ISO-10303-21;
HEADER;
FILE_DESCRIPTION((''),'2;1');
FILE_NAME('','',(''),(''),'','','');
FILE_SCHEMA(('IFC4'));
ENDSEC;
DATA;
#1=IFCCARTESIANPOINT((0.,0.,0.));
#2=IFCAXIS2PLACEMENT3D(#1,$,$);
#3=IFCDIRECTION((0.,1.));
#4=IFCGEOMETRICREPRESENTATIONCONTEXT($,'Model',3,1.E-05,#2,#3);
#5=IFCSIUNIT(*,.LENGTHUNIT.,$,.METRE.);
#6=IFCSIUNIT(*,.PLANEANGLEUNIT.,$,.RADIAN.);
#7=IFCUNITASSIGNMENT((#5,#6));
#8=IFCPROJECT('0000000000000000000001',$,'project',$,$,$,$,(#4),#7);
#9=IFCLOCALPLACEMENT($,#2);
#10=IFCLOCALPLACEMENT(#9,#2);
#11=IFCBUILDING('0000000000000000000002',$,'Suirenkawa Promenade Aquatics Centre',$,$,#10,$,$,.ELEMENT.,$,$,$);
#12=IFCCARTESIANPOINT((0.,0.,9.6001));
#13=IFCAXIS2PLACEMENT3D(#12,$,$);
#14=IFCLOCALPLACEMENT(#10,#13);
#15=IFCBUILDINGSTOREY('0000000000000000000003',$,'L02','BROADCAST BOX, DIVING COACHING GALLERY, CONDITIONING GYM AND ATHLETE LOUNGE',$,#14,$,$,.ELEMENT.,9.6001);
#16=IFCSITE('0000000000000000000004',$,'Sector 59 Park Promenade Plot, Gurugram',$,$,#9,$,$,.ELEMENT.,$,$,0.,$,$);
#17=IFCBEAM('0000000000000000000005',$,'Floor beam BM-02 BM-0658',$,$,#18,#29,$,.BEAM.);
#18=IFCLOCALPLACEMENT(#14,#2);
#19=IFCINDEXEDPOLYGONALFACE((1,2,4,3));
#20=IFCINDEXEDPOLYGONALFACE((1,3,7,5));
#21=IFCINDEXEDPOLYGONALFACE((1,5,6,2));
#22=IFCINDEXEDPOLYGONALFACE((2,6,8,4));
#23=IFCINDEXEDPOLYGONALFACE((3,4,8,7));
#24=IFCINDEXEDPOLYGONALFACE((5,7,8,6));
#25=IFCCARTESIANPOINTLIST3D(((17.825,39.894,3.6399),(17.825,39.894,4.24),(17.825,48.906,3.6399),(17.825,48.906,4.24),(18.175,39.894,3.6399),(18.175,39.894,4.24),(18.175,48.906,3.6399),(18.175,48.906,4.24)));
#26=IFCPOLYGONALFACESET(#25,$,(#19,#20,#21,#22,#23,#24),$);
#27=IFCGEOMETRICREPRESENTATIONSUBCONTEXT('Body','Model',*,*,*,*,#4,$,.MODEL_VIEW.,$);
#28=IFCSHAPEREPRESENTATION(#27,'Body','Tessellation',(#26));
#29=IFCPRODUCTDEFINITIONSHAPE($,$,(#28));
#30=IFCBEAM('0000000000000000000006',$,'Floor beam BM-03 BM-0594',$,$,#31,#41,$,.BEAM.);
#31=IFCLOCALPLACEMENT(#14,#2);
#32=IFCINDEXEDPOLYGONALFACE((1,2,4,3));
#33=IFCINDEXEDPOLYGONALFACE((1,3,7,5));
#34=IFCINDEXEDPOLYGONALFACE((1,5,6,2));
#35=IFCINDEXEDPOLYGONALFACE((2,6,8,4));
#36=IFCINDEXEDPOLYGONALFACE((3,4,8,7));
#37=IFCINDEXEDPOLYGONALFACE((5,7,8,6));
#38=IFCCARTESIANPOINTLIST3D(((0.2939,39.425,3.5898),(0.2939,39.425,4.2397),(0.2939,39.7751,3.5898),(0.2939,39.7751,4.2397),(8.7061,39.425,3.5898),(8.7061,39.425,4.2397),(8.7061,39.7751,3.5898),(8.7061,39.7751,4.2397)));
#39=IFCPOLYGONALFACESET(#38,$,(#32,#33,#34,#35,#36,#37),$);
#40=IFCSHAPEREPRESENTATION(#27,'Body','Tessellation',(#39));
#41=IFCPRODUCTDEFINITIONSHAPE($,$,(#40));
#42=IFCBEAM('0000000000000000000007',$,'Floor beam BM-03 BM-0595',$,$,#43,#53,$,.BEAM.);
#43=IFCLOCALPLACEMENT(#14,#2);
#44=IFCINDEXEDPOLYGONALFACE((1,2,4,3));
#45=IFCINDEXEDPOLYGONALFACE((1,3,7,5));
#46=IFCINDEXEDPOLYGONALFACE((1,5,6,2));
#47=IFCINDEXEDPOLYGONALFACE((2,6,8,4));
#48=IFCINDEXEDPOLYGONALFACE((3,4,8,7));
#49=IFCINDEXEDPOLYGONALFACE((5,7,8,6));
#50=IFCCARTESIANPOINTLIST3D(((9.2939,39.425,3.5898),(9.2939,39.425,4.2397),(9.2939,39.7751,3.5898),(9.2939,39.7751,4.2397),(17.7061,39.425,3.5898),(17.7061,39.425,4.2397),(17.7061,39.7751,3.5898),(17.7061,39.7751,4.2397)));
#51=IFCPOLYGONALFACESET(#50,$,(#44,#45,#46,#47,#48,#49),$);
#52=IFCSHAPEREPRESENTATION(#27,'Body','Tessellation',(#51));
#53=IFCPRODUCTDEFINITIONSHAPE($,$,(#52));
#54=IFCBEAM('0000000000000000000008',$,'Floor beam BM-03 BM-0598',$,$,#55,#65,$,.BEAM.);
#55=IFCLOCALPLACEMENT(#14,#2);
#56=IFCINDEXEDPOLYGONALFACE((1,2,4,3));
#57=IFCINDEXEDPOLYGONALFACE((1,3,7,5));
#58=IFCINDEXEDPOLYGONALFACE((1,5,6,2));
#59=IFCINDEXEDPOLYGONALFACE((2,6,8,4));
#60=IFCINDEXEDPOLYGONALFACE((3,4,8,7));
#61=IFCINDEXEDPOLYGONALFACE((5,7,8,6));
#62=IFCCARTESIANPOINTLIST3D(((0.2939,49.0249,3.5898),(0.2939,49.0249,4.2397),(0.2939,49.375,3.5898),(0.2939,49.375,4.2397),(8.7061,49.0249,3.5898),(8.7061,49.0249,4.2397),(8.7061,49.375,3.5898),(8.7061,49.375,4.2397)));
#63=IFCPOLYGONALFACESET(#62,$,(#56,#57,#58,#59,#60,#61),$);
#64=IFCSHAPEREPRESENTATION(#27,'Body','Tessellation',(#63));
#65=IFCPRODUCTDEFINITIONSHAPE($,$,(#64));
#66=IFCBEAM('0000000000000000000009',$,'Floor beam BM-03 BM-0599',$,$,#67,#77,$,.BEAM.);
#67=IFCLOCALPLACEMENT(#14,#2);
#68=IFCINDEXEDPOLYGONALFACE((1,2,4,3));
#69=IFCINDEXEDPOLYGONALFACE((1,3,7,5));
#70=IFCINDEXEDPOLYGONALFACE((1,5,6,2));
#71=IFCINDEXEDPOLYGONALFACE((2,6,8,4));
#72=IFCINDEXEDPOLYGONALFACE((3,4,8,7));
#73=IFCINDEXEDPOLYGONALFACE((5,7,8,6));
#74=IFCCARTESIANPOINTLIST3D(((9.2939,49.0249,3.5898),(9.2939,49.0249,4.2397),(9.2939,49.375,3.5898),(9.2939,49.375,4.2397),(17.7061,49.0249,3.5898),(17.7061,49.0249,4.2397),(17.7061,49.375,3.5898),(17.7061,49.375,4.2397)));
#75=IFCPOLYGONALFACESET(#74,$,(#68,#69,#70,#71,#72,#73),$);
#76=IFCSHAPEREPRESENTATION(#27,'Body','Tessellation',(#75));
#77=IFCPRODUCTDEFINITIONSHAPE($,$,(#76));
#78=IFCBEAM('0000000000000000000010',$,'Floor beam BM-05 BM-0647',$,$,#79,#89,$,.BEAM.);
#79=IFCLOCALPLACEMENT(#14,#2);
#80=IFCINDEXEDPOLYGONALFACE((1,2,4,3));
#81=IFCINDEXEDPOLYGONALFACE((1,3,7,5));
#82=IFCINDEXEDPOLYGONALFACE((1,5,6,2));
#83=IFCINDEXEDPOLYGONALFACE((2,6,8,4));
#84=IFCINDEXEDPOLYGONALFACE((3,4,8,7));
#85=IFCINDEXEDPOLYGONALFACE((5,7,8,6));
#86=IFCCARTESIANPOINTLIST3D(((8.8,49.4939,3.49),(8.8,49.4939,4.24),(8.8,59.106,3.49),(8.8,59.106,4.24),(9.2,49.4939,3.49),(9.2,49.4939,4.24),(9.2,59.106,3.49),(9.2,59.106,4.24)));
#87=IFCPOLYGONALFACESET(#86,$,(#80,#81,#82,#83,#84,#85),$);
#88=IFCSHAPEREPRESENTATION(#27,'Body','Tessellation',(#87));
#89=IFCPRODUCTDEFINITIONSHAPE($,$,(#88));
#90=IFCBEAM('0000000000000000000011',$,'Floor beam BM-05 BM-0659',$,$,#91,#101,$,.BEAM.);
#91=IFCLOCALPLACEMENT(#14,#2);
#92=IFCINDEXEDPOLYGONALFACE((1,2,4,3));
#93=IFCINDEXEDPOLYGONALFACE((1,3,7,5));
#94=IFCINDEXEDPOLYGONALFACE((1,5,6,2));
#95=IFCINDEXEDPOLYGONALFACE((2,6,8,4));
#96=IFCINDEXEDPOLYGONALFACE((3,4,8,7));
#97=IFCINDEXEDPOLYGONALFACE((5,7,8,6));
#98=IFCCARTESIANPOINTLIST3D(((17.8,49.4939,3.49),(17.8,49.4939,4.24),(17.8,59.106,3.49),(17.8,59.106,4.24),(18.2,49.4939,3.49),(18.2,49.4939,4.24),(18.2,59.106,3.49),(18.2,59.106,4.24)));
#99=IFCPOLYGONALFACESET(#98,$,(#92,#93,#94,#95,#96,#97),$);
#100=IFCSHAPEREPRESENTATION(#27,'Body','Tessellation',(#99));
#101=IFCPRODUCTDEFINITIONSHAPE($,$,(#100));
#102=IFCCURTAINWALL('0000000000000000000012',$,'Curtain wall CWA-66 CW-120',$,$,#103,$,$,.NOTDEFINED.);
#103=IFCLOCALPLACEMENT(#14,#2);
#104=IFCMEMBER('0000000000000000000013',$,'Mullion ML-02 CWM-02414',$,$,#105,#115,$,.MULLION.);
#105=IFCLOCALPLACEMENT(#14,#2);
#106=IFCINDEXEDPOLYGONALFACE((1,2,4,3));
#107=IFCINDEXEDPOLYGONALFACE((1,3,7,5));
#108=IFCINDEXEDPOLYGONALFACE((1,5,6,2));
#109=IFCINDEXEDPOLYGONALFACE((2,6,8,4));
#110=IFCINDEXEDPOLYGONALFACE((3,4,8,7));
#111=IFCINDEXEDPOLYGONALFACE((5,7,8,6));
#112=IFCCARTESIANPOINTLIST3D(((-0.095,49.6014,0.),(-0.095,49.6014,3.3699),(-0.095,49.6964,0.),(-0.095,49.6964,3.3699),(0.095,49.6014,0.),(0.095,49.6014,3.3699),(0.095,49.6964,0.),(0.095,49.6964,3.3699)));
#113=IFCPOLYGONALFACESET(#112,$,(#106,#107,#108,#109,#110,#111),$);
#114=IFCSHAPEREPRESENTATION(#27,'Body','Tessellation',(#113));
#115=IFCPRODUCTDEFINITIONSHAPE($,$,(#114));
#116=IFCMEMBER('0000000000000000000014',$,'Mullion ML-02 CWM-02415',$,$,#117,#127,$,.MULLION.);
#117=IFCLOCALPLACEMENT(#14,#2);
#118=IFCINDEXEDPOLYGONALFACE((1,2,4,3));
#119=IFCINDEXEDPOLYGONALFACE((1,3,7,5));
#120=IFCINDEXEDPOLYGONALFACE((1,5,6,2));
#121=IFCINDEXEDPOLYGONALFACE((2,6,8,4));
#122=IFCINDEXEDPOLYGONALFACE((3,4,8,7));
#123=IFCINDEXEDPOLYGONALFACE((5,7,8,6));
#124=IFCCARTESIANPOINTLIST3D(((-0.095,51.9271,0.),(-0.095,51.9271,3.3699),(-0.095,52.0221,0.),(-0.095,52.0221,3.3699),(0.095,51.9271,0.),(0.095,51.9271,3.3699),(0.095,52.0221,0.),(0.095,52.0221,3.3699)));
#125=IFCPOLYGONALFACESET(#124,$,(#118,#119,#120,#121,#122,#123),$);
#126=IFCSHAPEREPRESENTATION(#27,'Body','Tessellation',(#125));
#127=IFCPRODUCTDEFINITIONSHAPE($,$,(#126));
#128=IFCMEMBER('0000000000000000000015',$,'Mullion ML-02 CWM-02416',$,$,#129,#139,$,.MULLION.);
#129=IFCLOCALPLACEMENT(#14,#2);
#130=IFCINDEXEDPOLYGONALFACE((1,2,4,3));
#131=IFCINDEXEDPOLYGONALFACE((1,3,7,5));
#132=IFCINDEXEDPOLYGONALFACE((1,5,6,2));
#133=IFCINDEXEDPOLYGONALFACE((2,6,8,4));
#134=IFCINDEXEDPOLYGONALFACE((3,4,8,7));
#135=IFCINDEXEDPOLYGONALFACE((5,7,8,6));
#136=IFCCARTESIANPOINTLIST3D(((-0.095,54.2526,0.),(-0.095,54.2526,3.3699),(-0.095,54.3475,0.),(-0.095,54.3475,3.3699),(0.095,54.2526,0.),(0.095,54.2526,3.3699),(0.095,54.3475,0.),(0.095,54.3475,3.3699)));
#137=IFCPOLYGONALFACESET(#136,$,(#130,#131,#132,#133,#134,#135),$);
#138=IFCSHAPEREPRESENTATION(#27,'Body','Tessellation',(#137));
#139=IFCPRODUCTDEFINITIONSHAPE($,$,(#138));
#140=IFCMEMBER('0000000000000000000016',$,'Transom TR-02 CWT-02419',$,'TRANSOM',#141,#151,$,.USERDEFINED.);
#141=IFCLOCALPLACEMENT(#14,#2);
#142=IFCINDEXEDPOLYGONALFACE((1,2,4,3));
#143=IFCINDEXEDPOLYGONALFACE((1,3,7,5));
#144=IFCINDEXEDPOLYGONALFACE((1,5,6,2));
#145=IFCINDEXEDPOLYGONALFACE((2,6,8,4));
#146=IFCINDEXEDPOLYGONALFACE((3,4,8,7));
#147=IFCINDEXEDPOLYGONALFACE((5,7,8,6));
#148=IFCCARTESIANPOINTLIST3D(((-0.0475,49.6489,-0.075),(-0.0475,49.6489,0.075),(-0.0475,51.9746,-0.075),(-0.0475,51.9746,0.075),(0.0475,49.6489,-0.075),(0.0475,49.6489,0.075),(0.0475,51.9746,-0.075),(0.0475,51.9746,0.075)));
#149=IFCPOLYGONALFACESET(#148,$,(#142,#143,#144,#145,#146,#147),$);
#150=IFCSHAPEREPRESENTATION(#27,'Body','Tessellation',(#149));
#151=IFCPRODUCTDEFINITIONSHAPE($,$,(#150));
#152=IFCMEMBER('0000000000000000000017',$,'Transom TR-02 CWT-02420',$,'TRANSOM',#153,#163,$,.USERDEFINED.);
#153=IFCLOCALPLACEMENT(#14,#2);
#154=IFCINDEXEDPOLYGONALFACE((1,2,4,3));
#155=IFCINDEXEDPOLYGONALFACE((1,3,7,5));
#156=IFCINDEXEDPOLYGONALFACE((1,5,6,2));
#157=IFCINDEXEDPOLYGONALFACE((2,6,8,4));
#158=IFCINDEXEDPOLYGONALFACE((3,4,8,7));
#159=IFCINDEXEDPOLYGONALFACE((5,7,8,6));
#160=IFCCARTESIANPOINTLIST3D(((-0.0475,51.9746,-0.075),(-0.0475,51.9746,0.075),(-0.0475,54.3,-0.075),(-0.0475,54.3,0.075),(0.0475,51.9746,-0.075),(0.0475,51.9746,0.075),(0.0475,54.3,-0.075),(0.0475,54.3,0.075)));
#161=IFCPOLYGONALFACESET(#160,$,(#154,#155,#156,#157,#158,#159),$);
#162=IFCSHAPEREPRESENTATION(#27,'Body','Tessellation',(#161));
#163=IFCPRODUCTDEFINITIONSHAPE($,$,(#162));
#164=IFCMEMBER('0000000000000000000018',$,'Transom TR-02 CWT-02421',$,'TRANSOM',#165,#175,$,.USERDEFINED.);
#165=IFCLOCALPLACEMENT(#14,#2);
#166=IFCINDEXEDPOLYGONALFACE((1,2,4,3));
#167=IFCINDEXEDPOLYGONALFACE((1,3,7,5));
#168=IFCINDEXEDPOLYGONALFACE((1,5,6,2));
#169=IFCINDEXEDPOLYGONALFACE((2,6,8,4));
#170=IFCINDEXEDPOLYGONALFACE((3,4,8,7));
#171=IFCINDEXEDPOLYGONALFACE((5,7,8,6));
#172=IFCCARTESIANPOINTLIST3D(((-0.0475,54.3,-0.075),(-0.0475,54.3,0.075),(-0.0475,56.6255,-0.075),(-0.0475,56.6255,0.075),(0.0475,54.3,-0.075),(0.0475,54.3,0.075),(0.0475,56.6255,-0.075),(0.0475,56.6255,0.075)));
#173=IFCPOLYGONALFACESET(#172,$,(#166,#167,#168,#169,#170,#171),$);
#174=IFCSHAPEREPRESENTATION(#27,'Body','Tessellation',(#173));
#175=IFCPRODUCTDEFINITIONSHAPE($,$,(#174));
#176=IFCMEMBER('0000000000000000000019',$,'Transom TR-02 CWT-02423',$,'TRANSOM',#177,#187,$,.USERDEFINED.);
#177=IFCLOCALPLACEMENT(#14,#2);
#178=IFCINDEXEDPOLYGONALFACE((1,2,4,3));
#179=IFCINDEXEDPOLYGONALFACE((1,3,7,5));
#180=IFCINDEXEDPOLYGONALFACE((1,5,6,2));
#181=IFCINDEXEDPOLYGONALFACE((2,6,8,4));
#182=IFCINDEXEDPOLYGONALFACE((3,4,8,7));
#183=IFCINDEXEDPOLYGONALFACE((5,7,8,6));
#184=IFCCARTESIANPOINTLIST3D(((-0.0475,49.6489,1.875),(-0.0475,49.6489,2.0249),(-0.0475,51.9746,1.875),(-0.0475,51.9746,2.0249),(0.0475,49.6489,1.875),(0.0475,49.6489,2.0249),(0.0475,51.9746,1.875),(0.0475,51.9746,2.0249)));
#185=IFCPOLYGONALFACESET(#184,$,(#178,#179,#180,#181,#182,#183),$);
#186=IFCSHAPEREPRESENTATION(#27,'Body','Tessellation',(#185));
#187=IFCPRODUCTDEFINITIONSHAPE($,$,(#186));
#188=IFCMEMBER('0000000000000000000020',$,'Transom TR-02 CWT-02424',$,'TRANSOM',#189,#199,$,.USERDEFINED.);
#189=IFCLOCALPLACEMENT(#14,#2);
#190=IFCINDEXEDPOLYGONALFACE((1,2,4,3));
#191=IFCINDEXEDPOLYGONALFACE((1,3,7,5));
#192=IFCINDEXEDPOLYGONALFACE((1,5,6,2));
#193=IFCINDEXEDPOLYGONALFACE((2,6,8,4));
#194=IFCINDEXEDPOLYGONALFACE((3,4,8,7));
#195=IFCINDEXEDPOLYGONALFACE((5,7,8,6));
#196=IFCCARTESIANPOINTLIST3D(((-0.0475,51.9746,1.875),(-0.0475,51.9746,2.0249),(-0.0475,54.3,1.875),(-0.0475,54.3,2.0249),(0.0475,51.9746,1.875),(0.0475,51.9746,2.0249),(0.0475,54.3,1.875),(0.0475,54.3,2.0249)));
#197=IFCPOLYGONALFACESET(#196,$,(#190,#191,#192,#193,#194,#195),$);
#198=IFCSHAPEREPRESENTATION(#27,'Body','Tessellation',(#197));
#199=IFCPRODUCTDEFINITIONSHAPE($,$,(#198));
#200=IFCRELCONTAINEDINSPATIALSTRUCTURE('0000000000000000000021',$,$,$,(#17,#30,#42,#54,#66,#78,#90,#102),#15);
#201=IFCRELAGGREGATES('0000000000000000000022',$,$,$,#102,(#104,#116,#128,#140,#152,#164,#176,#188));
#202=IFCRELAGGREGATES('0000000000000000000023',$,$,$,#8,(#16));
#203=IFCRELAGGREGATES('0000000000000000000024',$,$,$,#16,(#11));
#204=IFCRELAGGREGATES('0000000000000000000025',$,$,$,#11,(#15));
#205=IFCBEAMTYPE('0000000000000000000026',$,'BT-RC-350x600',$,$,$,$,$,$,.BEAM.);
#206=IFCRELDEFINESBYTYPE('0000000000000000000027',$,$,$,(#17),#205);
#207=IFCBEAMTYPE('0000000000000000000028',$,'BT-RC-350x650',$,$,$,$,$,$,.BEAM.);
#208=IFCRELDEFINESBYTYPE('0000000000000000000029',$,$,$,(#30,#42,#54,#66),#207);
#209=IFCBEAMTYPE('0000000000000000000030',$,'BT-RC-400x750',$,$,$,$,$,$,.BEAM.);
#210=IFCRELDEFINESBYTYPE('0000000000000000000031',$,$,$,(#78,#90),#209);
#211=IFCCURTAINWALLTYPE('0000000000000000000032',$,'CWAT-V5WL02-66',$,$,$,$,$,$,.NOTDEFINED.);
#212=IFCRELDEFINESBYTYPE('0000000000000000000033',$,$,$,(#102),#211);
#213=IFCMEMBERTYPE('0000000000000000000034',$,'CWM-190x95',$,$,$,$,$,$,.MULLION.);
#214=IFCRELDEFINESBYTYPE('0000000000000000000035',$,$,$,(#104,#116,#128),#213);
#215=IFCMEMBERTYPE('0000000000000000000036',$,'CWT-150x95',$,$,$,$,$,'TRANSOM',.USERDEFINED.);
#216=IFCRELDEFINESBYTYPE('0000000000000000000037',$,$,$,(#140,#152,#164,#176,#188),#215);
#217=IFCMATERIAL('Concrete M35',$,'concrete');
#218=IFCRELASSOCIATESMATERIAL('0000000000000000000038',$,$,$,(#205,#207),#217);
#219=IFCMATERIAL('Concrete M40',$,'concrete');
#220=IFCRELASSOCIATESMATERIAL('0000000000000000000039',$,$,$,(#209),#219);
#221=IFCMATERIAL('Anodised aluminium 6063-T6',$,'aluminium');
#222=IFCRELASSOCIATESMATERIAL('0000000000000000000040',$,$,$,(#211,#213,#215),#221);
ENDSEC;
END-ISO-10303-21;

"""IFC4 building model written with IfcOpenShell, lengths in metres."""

from ifc_helpers import new_model, si_unit, direction, frame, origin, origin_2d, place, context, subcontext, project, spatial, rectangle, extrude, material, material_profile, profile_set, type_object, element, aggregate, save


model = new_model("IFC4")

# Units and contexts
model_context = context("Model", 3, precision=1e-05, world=origin(), true_north=direction((0.0, 1.0)))
body_context = subcontext(model_context, "Body", "Model", "MODEL_VIEW")
ifc_project = project(units=[si_unit("LENGTHUNIT", "METRE"), si_unit("PLANEANGLEUNIT", "RADIAN")], contexts=[model_context])

# Site, building, storey
site_placement = place(None, origin())
site = spatial("IfcSite", under=ifc_project, at=site_placement, Name="Sector 59 Park Promenade Plot, Gurugram", CompositionType="ELEMENT", RefElevation=0.0)
building_placement = place(site_placement, origin())
building = spatial("IfcBuilding", under=site, at=building_placement, Name="Suirenkawa Promenade Aquatics Centre", CompositionType="ELEMENT")
storey_placement = place(building_placement, frame((0.0, 0.0, 9.6001)))
storey = spatial("IfcBuildingStorey", under=building, at=storey_placement, Name="L02", Description="BROADCAST BOX, DIVING COACHING GALLERY, CONDITIONING GYM AND ATHLETE LOUNGE", CompositionType="ELEMENT", Elevation=9.6001)

# Shared definitions
ifc_material_1 = material(Name="Concrete M40", Category="concrete")

# Beams
ifc_material_2 = material(Name="Concrete M35", Category="concrete")
ifc_material_profile_1 = material_profile(ifc_material_2, rectangle(XDim=0.3501, YDim=0.6001, at=origin_2d()), Name="RC BM 350x600", Category="concrete")
ifc_profile_set_1 = profile_set([ifc_material_profile_1], Name="Concrete M35")
beam_type_1 = type_object("IfcBeamType", Name="BT-RC-350x600", PredefinedType="BEAM", material=ifc_profile_set_1)
for number, where, z_axis, x_axis, name in (
    (1, (18.0, 39.894, 3.9399), (0.0, 1.0, 0.0), (-1.0, 0.0, 0.0), "Floor beam BM-02 BM-0658"),
):
    element("IfcBeam", number, at=place(storey_placement, frame(where, z_axis=z_axis, x_axis=x_axis)), inside=storey, type_object=beam_type_1, Name=name, PredefinedType="BEAM", context=body_context, shape_type="SweptSolid", body=[
        extrude(rectangle(XDim=0.3501, YDim=0.6001, at=origin_2d()), origin(), (0.0, 0.0, 1.0), 9.012),
    ])
ifc_material_profile_2 = material_profile(ifc_material_2, rectangle(XDim=0.3501, YDim=0.6499, at=origin_2d()), Name="RC BM 350x650", Category="concrete")
ifc_profile_set_2 = profile_set([ifc_material_profile_2], Name="Concrete M35")
beam_type_2 = type_object("IfcBeamType", Name="BT-RC-350x650", PredefinedType="BEAM", material=ifc_profile_set_2)
for number, where, z_axis, x_axis, name in (
    (2, (0.2939, 39.6001, 3.9148), (1.0, 0.0, 0.0), (0.0, 1.0, 0.0), "Floor beam BM-03 BM-0594"),
    (3, (9.2939, 39.6001, 3.9148), (1.0, 0.0, 0.0), (0.0, 1.0, 0.0), "Floor beam BM-03 BM-0595"),
    (4, (0.2939, 49.2, 3.9148), (1.0, 0.0, 0.0), (0.0, 1.0, 0.0), "Floor beam BM-03 BM-0598"),
    (5, (9.2939, 49.2, 3.9148), (1.0, 0.0, 0.0), (0.0, 1.0, 0.0), "Floor beam BM-03 BM-0599"),
):
    element("IfcBeam", number, at=place(storey_placement, frame(where, z_axis=z_axis, x_axis=x_axis)), inside=storey, type_object=beam_type_2, Name=name, PredefinedType="BEAM", context=body_context, shape_type="SweptSolid", body=[
        extrude(rectangle(XDim=0.3501, YDim=0.6499, at=origin_2d()), origin(), (0.0, 0.0, 1.0), 8.4121),
    ])
ifc_material_profile_3 = material_profile(ifc_material_1, rectangle(XDim=0.3999, YDim=0.75, at=origin_2d()), Name="RC BM 400x750", Category="concrete")
ifc_profile_set_3 = profile_set([ifc_material_profile_3], Name="Concrete M40")
beam_type_3 = type_object("IfcBeamType", Name="BT-RC-400x750", PredefinedType="BEAM", material=ifc_profile_set_3)
for number, where, z_axis, x_axis, name in (
    (6, (9.0, 49.4939, 3.865), (0.0, 1.0, 0.0), (-1.0, 0.0, 0.0), "Floor beam BM-05 BM-0647"),
    (7, (18.0, 49.4939, 3.865), (0.0, 1.0, 0.0), (-1.0, 0.0, 0.0), "Floor beam BM-05 BM-0659"),
):
    element("IfcBeam", number, at=place(storey_placement, frame(where, z_axis=z_axis, x_axis=x_axis)), inside=storey, type_object=beam_type_3, Name=name, PredefinedType="BEAM", context=body_context, shape_type="SweptSolid", body=[
        extrude(rectangle(XDim=0.3999, YDim=0.75, at=origin_2d()), origin(), (0.0, 0.0, 1.0), 9.6121),
    ])

# Curtain wall, members
ifc_material_3 = material(Name="Anodised aluminium 6063-T6", Category="aluminium")
curtain_wall_type = type_object("IfcCurtainWallType", Name="CWAT-V5WL02-66", PredefinedType="NOTDEFINED", material=ifc_material_3)
curtain_wall_placement = place(storey_placement, origin())
curtain_wall = element("IfcCurtainWall", 8, at=curtain_wall_placement, inside=storey, type_object=curtain_wall_type, Name="Curtain wall CWA-66 CW-120", PredefinedType="NOTDEFINED")
ifc_material_profile_4 = material_profile(ifc_material_3, rectangle(XDim=0.095, YDim=0.1899, at=origin_2d()), Name="ALU MULL 95x190", Category="aluminium")
ifc_profile_set_4 = profile_set([ifc_material_profile_4], Name="Anodised aluminium 6063-T6")
member_type_1 = type_object("IfcMemberType", Name="CWM-190x95", PredefinedType="MULLION", material=ifc_profile_set_4)
member_1_placement = place(storey_placement, frame((0.0, 49.6489, 0.0), z_axis=(0.0, 0.0, 1.0), x_axis=(0.0, 1.0, 0.0)))
member_1 = element("IfcMember", 9, at=member_1_placement, type_object=member_type_1, Name="Mullion ML-02 CWM-02414", PredefinedType="MULLION", context=body_context, shape_type="SweptSolid", body=[
    extrude(rectangle(XDim=0.095, YDim=0.1899, at=origin_2d()), origin(), (0.0, 0.0, 1.0), 3.3699),
])
member_2_placement = place(storey_placement, frame((0.0, 51.9746, 0.0), z_axis=(0.0, 0.0, 1.0), x_axis=(0.0, 1.0, 0.0)))
member_2 = element("IfcMember", 10, at=member_2_placement, type_object=member_type_1, Name="Mullion ML-02 CWM-02415", PredefinedType="MULLION", context=body_context, shape_type="SweptSolid", body=[
    extrude(rectangle(XDim=0.095, YDim=0.1899, at=origin_2d()), origin(), (0.0, 0.0, 1.0), 3.3699),
])
member_3_placement = place(storey_placement, frame((0.0, 54.3, 0.0), z_axis=(0.0, 0.0, 1.0), x_axis=(0.0, 1.0, 0.0)))
member_3 = element("IfcMember", 11, at=member_3_placement, type_object=member_type_1, Name="Mullion ML-02 CWM-02416", PredefinedType="MULLION", context=body_context, shape_type="SweptSolid", body=[
    extrude(rectangle(XDim=0.095, YDim=0.1899, at=origin_2d()), origin(), (0.0, 0.0, 1.0), 3.3699),
])
ifc_material_profile_5 = material_profile(ifc_material_3, rectangle(XDim=0.095, YDim=0.1499, at=origin_2d()), Name="ALU TRAN 95x150", Category="aluminium")
ifc_profile_set_5 = profile_set([ifc_material_profile_5], Name="Anodised aluminium 6063-T6")
member_type_2 = type_object("IfcMemberType", Name="CWT-150x95", ElementType="TRANSOM", PredefinedType="USERDEFINED", material=ifc_profile_set_5)
member_4_placement = place(storey_placement, frame((0.0, 49.6489, 0.0), z_axis=(0.0, 1.0, 0.0), x_axis=(-1.0, 0.0, 0.0)))
member_4 = element("IfcMember", 12, at=member_4_placement, type_object=member_type_2, Name="Transom TR-02 CWT-02419", ObjectType="TRANSOM", PredefinedType="USERDEFINED", context=body_context, shape_type="SweptSolid", body=[
    extrude(rectangle(XDim=0.095, YDim=0.1499, at=origin_2d()), origin(), (0.0, 0.0, 1.0), 2.3257),
])
member_5_placement = place(storey_placement, frame((0.0, 51.9746, 0.0), z_axis=(0.0, 1.0, 0.0), x_axis=(-1.0, 0.0, 0.0)))
member_5 = element("IfcMember", 13, at=member_5_placement, type_object=member_type_2, Name="Transom TR-02 CWT-02420", ObjectType="TRANSOM", PredefinedType="USERDEFINED", context=body_context, shape_type="SweptSolid", body=[
    extrude(rectangle(XDim=0.095, YDim=0.1499, at=origin_2d()), origin(), (0.0, 0.0, 1.0), 2.3254),
])
member_6_placement = place(storey_placement, frame((0.0, 54.3, 0.0), z_axis=(0.0, 1.0, 0.0), x_axis=(-1.0, 0.0, 0.0)))
member_6 = element("IfcMember", 14, at=member_6_placement, type_object=member_type_2, Name="Transom TR-02 CWT-02421", ObjectType="TRANSOM", PredefinedType="USERDEFINED", context=body_context, shape_type="SweptSolid", body=[
    extrude(rectangle(XDim=0.095, YDim=0.1499, at=origin_2d()), origin(), (0.0, 0.0, 1.0), 2.3254),
])
member_7_placement = place(storey_placement, frame((0.0, 49.6489, 1.95), z_axis=(0.0, 1.0, 0.0), x_axis=(-1.0, 0.0, 0.0)))
member_7 = element("IfcMember", 15, at=member_7_placement, type_object=member_type_2, Name="Transom TR-02 CWT-02423", ObjectType="TRANSOM", PredefinedType="USERDEFINED", context=body_context, shape_type="SweptSolid", body=[
    extrude(rectangle(XDim=0.095, YDim=0.1499, at=origin_2d()), origin(), (0.0, 0.0, 1.0), 2.3257),
])
member_8_placement = place(storey_placement, frame((0.0, 51.9746, 1.95), z_axis=(0.0, 1.0, 0.0), x_axis=(-1.0, 0.0, 0.0)))
member_8 = element("IfcMember", 16, at=member_8_placement, type_object=member_type_2, Name="Transom TR-02 CWT-02424", ObjectType="TRANSOM", PredefinedType="USERDEFINED", context=body_context, shape_type="SweptSolid", body=[
    extrude(rectangle(XDim=0.095, YDim=0.1499, at=origin_2d()), origin(), (0.0, 0.0, 1.0), 2.3254),
])
aggregate(curtain_wall, [member_1, member_2, member_3, member_4, member_5, member_6, member_7, member_8])

save(model, "model.ifc")
